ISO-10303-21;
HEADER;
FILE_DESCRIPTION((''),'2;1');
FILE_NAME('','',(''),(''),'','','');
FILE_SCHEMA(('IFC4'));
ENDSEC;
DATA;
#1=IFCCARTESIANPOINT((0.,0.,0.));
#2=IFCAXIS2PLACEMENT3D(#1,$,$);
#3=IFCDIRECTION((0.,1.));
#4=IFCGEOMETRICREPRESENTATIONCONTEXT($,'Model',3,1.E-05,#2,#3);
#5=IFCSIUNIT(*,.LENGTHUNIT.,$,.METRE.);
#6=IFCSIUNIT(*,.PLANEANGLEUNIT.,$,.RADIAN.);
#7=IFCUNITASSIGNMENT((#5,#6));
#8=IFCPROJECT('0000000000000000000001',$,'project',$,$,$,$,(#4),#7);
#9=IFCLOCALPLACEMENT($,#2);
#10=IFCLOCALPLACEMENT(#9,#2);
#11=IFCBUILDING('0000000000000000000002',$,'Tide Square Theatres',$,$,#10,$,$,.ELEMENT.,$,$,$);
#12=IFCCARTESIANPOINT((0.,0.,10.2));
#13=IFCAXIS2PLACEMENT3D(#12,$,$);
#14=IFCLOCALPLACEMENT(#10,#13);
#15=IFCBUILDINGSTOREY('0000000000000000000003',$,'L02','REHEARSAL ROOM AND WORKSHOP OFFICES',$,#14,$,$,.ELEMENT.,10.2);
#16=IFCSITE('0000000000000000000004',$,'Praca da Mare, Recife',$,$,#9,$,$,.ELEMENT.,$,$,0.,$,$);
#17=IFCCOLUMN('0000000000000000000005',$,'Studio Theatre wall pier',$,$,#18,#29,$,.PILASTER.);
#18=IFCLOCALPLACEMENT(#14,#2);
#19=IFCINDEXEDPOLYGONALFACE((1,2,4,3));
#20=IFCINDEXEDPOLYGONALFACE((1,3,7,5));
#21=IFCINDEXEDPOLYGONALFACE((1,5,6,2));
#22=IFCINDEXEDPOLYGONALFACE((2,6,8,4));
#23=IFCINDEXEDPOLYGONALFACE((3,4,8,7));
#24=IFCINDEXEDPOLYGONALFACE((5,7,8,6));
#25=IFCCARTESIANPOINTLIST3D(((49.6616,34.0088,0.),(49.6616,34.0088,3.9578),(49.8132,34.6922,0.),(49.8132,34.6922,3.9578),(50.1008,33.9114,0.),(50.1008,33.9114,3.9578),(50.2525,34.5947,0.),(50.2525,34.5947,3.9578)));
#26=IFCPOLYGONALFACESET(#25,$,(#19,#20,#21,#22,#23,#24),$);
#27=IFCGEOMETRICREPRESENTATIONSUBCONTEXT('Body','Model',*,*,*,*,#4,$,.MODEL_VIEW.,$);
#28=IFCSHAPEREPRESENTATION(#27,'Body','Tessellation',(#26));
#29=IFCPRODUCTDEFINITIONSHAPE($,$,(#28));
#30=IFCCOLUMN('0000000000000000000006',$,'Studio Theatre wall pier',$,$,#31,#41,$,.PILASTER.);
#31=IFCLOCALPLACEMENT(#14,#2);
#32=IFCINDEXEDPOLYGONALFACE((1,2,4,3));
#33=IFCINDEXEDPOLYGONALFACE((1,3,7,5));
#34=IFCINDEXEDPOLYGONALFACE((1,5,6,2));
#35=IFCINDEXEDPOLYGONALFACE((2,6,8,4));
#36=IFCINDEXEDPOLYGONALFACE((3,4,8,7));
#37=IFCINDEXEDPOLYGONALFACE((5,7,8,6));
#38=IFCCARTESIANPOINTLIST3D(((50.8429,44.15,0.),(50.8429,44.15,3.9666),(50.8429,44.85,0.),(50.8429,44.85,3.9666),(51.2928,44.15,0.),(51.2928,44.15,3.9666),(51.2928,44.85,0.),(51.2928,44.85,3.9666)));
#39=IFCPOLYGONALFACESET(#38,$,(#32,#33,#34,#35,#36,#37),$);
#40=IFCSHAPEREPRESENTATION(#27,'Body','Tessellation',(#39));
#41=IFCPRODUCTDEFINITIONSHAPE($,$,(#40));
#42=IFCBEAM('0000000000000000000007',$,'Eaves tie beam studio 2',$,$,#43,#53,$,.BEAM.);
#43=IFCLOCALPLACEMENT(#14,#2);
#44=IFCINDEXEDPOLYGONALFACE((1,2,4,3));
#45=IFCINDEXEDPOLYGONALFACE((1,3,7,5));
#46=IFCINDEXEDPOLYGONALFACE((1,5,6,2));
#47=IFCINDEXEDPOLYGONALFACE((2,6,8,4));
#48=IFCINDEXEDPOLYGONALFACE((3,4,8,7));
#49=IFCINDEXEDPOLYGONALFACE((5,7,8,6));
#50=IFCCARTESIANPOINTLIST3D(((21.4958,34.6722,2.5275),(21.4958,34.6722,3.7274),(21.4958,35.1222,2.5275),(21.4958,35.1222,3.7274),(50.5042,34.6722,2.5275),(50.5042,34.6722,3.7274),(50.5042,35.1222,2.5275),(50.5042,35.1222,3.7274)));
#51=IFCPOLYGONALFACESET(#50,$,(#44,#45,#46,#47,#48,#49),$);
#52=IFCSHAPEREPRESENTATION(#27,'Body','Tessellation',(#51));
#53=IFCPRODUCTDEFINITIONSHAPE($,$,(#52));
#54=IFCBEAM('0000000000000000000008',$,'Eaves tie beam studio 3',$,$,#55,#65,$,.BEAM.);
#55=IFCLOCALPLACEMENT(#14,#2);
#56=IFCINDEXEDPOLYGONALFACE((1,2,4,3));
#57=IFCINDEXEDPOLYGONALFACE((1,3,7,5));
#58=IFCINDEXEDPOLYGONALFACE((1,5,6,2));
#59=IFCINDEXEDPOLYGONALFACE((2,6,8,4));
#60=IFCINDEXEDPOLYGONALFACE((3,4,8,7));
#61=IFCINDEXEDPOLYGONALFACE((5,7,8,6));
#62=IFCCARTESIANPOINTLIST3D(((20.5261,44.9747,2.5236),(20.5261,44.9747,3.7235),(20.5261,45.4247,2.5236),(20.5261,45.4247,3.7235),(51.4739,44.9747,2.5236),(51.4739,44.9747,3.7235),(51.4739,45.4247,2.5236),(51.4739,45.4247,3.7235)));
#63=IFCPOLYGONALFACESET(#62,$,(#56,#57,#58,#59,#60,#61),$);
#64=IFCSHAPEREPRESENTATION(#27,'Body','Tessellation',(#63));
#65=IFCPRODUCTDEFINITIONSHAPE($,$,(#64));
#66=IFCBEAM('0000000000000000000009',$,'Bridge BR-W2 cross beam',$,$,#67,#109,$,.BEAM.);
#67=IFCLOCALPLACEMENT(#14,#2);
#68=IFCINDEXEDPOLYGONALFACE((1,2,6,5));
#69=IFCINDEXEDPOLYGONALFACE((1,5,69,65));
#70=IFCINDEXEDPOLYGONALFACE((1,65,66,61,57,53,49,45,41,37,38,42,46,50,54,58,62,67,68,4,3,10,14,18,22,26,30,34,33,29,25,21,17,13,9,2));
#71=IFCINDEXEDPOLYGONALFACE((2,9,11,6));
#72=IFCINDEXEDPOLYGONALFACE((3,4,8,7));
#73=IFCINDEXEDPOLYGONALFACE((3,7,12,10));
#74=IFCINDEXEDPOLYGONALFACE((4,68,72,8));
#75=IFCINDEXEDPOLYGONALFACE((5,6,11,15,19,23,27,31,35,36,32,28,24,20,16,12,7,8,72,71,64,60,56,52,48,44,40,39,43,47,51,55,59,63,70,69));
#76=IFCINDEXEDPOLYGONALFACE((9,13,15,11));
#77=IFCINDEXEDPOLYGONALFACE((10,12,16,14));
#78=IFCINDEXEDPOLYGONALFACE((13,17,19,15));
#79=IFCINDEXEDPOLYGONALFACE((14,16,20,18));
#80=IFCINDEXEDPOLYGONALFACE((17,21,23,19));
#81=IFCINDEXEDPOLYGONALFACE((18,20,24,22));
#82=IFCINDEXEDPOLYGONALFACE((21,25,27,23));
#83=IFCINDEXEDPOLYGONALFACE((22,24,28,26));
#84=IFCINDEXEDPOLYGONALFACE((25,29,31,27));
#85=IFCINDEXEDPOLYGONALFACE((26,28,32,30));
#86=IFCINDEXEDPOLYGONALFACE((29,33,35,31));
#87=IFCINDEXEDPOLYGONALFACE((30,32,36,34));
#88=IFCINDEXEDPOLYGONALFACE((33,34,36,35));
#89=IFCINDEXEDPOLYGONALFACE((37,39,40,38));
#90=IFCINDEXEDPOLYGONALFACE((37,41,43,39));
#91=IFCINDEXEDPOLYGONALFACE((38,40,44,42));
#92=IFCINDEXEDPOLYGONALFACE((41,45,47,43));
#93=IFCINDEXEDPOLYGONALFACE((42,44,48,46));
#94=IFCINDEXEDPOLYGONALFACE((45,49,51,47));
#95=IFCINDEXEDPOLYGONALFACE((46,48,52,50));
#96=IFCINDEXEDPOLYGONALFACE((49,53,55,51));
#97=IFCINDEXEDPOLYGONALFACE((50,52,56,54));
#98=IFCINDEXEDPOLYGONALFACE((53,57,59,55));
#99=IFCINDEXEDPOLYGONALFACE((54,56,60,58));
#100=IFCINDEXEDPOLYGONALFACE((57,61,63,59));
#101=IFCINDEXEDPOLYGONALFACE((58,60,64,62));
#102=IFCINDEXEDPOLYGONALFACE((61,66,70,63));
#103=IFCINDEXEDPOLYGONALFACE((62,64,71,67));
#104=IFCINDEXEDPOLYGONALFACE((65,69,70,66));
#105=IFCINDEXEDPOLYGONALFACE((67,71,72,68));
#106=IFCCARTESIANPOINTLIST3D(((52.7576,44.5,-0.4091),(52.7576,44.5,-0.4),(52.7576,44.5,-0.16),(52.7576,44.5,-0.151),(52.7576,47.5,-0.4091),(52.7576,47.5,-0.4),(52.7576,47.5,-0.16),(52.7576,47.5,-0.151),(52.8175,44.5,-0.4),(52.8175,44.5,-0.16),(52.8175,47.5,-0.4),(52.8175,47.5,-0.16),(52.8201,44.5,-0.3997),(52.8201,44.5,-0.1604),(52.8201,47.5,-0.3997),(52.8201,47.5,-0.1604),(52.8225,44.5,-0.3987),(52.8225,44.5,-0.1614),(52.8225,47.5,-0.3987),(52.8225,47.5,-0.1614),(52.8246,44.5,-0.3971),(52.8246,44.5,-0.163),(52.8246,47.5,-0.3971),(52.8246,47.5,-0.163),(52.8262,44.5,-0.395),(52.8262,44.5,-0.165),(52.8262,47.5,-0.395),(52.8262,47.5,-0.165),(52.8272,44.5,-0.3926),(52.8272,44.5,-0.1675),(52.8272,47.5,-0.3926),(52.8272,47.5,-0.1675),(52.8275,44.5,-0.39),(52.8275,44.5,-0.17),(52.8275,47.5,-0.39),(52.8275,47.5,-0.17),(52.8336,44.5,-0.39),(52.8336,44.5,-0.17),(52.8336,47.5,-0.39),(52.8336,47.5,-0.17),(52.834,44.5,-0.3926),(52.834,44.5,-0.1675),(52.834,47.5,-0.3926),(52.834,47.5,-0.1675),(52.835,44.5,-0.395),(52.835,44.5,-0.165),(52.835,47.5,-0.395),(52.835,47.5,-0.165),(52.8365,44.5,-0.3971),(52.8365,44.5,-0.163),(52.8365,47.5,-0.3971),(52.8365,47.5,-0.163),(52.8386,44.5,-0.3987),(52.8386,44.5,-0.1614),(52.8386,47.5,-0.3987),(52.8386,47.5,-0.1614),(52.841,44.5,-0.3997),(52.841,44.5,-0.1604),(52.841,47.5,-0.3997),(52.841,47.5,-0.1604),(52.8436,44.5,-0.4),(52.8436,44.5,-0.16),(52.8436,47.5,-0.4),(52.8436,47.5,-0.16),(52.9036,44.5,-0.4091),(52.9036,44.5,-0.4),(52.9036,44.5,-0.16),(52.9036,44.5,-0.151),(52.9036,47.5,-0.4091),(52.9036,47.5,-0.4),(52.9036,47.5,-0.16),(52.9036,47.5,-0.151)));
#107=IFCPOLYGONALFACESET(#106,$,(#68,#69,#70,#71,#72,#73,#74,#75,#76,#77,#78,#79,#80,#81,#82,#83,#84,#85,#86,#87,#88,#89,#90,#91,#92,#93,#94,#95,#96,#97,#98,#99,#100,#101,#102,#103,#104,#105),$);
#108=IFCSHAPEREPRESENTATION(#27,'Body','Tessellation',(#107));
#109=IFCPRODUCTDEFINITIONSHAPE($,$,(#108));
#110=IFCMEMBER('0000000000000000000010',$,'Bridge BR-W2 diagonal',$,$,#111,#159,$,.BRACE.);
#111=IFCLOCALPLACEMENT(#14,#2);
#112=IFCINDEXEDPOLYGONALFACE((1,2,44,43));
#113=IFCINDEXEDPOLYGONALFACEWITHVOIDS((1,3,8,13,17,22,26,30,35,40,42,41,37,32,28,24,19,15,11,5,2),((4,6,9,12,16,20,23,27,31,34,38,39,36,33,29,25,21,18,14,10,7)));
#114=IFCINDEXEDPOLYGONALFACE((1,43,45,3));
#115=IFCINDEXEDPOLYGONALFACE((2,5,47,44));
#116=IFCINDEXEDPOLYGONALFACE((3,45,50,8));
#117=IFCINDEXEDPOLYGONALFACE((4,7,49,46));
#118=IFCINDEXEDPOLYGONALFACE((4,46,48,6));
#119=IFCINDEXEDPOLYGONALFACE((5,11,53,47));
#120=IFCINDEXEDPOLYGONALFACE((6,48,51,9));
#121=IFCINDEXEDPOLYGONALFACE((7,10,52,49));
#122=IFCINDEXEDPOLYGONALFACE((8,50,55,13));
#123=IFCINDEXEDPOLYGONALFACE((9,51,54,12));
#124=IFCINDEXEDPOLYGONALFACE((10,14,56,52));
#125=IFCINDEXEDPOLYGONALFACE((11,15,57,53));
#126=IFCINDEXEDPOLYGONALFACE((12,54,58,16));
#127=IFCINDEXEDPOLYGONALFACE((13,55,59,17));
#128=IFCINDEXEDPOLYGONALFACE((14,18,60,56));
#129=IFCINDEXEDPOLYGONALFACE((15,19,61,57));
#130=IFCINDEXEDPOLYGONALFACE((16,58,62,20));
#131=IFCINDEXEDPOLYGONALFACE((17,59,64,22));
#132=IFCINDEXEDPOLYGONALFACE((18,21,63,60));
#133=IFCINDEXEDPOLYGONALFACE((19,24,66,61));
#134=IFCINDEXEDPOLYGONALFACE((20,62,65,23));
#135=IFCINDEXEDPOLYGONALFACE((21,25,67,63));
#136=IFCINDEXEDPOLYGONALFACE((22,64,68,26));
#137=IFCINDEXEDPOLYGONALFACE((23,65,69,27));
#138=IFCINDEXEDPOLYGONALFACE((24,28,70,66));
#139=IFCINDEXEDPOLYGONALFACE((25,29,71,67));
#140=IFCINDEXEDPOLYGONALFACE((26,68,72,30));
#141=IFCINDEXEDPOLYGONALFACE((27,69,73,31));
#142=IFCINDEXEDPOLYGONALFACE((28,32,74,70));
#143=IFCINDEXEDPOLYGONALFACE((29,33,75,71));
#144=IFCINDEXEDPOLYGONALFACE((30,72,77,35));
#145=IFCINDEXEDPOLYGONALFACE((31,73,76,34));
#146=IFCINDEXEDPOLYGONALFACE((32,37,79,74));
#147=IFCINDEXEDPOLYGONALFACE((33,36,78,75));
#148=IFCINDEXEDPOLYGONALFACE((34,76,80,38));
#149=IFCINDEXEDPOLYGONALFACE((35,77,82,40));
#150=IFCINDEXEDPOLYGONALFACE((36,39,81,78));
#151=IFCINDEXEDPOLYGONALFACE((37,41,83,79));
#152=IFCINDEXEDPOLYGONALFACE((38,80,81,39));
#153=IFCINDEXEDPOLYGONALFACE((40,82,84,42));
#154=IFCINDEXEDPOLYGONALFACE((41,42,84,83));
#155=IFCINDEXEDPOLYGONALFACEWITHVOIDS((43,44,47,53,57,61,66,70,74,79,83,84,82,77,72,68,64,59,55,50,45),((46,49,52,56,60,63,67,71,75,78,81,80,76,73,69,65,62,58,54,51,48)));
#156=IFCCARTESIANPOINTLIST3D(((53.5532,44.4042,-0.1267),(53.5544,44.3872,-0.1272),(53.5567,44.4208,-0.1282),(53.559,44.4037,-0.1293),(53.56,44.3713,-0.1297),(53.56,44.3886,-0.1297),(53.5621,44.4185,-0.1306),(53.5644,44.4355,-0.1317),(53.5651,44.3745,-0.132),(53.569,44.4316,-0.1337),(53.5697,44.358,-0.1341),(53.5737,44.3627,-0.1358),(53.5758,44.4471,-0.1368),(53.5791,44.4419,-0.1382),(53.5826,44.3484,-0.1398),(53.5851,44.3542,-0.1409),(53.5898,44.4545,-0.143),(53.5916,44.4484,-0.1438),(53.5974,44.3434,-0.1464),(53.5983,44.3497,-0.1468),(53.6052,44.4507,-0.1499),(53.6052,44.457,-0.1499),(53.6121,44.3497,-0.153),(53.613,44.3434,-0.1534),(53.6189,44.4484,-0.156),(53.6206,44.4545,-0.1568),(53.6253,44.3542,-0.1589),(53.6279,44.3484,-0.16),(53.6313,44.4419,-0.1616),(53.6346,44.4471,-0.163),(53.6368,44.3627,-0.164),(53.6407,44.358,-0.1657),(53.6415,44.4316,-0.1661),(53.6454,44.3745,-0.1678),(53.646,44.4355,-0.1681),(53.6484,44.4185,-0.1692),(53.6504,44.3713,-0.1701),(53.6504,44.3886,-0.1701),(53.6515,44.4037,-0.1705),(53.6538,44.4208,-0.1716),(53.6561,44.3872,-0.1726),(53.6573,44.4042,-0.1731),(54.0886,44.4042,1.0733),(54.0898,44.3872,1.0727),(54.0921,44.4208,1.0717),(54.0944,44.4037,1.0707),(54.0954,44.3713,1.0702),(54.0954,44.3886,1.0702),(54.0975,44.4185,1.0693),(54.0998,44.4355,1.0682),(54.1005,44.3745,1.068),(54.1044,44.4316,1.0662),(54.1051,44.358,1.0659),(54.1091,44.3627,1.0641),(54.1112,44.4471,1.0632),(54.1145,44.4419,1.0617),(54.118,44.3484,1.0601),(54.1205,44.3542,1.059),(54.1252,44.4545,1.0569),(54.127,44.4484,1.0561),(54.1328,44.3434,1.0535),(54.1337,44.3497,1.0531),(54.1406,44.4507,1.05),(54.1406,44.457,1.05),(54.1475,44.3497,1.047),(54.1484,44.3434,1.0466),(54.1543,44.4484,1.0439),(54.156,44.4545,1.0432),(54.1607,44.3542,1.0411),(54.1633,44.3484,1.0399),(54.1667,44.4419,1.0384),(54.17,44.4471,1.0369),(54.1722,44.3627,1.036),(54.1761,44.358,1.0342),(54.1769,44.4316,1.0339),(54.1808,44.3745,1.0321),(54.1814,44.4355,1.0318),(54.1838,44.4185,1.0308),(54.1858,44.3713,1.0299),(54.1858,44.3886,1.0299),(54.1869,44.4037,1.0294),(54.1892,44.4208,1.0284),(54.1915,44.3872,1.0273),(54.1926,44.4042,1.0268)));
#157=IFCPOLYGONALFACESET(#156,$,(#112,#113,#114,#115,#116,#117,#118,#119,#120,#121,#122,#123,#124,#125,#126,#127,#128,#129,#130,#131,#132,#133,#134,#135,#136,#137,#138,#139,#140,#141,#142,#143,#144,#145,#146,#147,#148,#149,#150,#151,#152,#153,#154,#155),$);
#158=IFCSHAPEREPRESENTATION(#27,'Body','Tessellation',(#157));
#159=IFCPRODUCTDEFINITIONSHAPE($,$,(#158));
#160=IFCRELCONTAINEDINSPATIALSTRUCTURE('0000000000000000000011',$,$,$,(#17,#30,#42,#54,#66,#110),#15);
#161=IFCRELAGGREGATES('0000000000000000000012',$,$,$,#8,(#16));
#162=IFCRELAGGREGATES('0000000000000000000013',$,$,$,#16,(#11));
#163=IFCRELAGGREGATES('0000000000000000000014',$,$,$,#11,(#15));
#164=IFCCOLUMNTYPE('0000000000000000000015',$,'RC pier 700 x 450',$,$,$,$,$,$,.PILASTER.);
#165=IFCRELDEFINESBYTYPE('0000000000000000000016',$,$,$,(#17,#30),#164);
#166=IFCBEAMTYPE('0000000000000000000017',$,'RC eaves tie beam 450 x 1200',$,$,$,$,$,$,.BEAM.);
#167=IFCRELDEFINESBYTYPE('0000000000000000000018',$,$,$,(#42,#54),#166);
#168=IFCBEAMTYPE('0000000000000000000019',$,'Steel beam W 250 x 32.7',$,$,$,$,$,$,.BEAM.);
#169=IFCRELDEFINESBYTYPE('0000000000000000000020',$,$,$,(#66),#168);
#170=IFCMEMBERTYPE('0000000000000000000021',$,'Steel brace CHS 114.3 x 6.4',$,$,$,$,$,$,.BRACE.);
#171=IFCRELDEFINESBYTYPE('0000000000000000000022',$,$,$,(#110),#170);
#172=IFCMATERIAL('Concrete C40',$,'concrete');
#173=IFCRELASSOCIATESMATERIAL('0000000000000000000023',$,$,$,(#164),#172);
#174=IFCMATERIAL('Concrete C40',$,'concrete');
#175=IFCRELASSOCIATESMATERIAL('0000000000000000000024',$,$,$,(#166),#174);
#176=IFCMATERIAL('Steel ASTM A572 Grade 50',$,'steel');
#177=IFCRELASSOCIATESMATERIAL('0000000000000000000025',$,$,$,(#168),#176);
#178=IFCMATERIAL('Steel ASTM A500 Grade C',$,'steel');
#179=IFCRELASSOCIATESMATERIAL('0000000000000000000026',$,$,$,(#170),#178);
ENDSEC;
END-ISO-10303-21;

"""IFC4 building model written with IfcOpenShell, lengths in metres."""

from ifc_helpers import new_model, si_unit, direction, frame, origin, origin_2d, place, context, subcontext, project, spatial, rectangle, hollow_circle, i_section, extrude, material, material_profile, profile_set, type_object, element, save


model = new_model("IFC4")

# Units and contexts
model_context = context("Model", 3, precision=1e-05, world=origin(), true_north=direction((0.0, 1.0)))
body_context = subcontext(model_context, "Body", "Model", "MODEL_VIEW")
ifc_project = project(units=[si_unit("LENGTHUNIT", "METRE"), si_unit("PLANEANGLEUNIT", "RADIAN")], contexts=[model_context])

# Site, building, storey
site_placement = place(None, origin())
site = spatial("IfcSite", under=ifc_project, at=site_placement, Name="Praca da Mare, Recife", CompositionType="ELEMENT", RefElevation=0.0)
building_placement = place(site_placement, origin())
building = spatial("IfcBuilding", under=site, at=building_placement, Name="Tide Square Theatres", CompositionType="ELEMENT")
storey_placement = place(building_placement, frame((0.0, 0.0, 10.2)))
storey = spatial("IfcBuildingStorey", under=building, at=storey_placement, Name="L02", Description="REHEARSAL ROOM AND WORKSHOP OFFICES", CompositionType="ELEMENT", Elevation=10.2)

# Columns
ifc_material_1 = material(Name="Concrete C40", Category="concrete")
ifc_material_profile_1 = material_profile(ifc_material_1, rectangle(XDim=0.7, YDim=0.45, at=origin_2d()))
ifc_profile_set_1 = profile_set([ifc_material_profile_1], Name="Concrete C40")
column_type = type_object("IfcColumnType", Name="RC pier 700 x 450", PredefinedType="PILASTER", material=ifc_profile_set_1)
column_1_placement = place(storey_placement, frame((49.957, 34.3018, 0.0), z_axis=(0.0, 0.0, 1.0), x_axis=(0.216641, 0.976251, 0.0)))
element("IfcColumn", 1, at=column_1_placement, inside=storey, type_object=column_type, Name="Studio Theatre wall pier", PredefinedType="PILASTER", context=body_context, shape_type="SweptSolid", body=[
    extrude(rectangle(XDim=0.7, YDim=0.45, at=origin_2d()), origin(), (0.0, 0.0, 1.0), 3.9578),
])
column_2_placement = place(storey_placement, frame((51.0679, 44.5, 0.0), z_axis=(0.0, 0.0, 1.0), x_axis=(0.0, 1.0, 0.0)))
element("IfcColumn", 2, at=column_2_placement, inside=storey, type_object=column_type, Name="Studio Theatre wall pier", PredefinedType="PILASTER", context=body_context, shape_type="SweptSolid", body=[
    extrude(rectangle(XDim=0.7, YDim=0.45, at=origin_2d()), origin(), (0.0, 0.0, 1.0), 3.9666),
])

# Beams
ifc_material_2 = material(Name="Concrete C40", Category="concrete")
ifc_material_profile_2 = material_profile(ifc_material_2, rectangle(XDim=0.45, YDim=1.2, at=origin_2d()))
ifc_profile_set_2 = profile_set([ifc_material_profile_2], Name="Concrete C40")
beam_type_1 = type_object("IfcBeamType", Name="RC eaves tie beam 450 x 1200", PredefinedType="BEAM", material=ifc_profile_set_2)
beam_1_placement = place(storey_placement, frame((50.5042, 34.8972, 3.1274), z_axis=(-1.0, 0.0, 0.0), x_axis=(0.0, -1.0, 0.0)))
element("IfcBeam", 3, at=beam_1_placement, inside=storey, type_object=beam_type_1, Name="Eaves tie beam studio 2", PredefinedType="BEAM", context=body_context, shape_type="SweptSolid", body=[
    extrude(rectangle(XDim=0.45, YDim=1.2, at=origin_2d()), origin(), (0.0, 0.0, 1.0), 29.0083),
])
beam_2_placement = place(storey_placement, frame((51.4739, 45.1997, 3.1235), z_axis=(-1.0, 0.0, 0.0), x_axis=(0.0, -1.0, 0.0)))
element("IfcBeam", 4, at=beam_2_placement, inside=storey, type_object=beam_type_1, Name="Eaves tie beam studio 3", PredefinedType="BEAM", context=body_context, shape_type="SweptSolid", body=[
    extrude(rectangle(XDim=0.45, YDim=1.2, at=origin_2d()), origin(), (0.0, 0.0, 1.0), 30.9478),
])
ifc_material_3 = material(Name="Steel ASTM A572 Grade 50", Category="steel")
ifc_material_profile_3 = material_profile(ifc_material_3, i_section(OverallWidth=0.146, OverallDepth=0.2581, WebThickness=0.0061, FlangeThickness=0.009, FilletRadius=0.01, at=origin_2d()))
ifc_profile_set_3 = profile_set([ifc_material_profile_3], Name="Steel ASTM A572 Grade 50")
beam_type_2 = type_object("IfcBeamType", Name="Steel beam W 250 x 32.7", PredefinedType="BEAM", material=ifc_profile_set_3)
beam_3_placement = place(storey_placement, frame((52.8306, 44.5, -0.28), z_axis=(0.0, 1.0, 0.0), x_axis=(-1.0, 0.0, 0.0)))
element("IfcBeam", 5, at=beam_3_placement, inside=storey, type_object=beam_type_2, Name="Bridge BR-W2 cross beam", PredefinedType="BEAM", context=body_context, shape_type="SweptSolid", body=[
    extrude(i_section(OverallWidth=0.146, OverallDepth=0.2581, WebThickness=0.0061, FlangeThickness=0.009, FilletRadius=0.01, at=origin_2d()), origin(), (0.0, 0.0, 1.0), 3.0),
])

# Member
ifc_material_4 = material(Name="Steel ASTM A500 Grade C", Category="steel")
ifc_material_profile_4 = material_profile(ifc_material_4, hollow_circle(Radius=0.0571, WallThickness=0.0063, at=origin_2d()))
ifc_profile_set_4 = profile_set([ifc_material_profile_4], Name="Steel ASTM A500 Grade C")
member_type_1 = type_object("IfcMemberType", Name="Steel brace CHS 114.3 x 6.4", PredefinedType="BRACE", material=ifc_profile_set_4)
member_1_placement = place(storey_placement, frame((53.6052, 44.3999, -0.1499), z_axis=(0.407465, 0.0, 0.913221), x_axis=(0.0, 1.0, 0.0)))
element("IfcMember", 6, at=member_1_placement, inside=storey, type_object=member_type_1, Name="Bridge BR-W2 diagonal", PredefinedType="BRACE", context=body_context, shape_type="SweptSolid", body=[
    extrude(hollow_circle(Radius=0.0571, WallThickness=0.0063, at=origin_2d()), origin(), (0.0, 0.0, 1.0), 1.314),
])

save(model, "model.ifc")
